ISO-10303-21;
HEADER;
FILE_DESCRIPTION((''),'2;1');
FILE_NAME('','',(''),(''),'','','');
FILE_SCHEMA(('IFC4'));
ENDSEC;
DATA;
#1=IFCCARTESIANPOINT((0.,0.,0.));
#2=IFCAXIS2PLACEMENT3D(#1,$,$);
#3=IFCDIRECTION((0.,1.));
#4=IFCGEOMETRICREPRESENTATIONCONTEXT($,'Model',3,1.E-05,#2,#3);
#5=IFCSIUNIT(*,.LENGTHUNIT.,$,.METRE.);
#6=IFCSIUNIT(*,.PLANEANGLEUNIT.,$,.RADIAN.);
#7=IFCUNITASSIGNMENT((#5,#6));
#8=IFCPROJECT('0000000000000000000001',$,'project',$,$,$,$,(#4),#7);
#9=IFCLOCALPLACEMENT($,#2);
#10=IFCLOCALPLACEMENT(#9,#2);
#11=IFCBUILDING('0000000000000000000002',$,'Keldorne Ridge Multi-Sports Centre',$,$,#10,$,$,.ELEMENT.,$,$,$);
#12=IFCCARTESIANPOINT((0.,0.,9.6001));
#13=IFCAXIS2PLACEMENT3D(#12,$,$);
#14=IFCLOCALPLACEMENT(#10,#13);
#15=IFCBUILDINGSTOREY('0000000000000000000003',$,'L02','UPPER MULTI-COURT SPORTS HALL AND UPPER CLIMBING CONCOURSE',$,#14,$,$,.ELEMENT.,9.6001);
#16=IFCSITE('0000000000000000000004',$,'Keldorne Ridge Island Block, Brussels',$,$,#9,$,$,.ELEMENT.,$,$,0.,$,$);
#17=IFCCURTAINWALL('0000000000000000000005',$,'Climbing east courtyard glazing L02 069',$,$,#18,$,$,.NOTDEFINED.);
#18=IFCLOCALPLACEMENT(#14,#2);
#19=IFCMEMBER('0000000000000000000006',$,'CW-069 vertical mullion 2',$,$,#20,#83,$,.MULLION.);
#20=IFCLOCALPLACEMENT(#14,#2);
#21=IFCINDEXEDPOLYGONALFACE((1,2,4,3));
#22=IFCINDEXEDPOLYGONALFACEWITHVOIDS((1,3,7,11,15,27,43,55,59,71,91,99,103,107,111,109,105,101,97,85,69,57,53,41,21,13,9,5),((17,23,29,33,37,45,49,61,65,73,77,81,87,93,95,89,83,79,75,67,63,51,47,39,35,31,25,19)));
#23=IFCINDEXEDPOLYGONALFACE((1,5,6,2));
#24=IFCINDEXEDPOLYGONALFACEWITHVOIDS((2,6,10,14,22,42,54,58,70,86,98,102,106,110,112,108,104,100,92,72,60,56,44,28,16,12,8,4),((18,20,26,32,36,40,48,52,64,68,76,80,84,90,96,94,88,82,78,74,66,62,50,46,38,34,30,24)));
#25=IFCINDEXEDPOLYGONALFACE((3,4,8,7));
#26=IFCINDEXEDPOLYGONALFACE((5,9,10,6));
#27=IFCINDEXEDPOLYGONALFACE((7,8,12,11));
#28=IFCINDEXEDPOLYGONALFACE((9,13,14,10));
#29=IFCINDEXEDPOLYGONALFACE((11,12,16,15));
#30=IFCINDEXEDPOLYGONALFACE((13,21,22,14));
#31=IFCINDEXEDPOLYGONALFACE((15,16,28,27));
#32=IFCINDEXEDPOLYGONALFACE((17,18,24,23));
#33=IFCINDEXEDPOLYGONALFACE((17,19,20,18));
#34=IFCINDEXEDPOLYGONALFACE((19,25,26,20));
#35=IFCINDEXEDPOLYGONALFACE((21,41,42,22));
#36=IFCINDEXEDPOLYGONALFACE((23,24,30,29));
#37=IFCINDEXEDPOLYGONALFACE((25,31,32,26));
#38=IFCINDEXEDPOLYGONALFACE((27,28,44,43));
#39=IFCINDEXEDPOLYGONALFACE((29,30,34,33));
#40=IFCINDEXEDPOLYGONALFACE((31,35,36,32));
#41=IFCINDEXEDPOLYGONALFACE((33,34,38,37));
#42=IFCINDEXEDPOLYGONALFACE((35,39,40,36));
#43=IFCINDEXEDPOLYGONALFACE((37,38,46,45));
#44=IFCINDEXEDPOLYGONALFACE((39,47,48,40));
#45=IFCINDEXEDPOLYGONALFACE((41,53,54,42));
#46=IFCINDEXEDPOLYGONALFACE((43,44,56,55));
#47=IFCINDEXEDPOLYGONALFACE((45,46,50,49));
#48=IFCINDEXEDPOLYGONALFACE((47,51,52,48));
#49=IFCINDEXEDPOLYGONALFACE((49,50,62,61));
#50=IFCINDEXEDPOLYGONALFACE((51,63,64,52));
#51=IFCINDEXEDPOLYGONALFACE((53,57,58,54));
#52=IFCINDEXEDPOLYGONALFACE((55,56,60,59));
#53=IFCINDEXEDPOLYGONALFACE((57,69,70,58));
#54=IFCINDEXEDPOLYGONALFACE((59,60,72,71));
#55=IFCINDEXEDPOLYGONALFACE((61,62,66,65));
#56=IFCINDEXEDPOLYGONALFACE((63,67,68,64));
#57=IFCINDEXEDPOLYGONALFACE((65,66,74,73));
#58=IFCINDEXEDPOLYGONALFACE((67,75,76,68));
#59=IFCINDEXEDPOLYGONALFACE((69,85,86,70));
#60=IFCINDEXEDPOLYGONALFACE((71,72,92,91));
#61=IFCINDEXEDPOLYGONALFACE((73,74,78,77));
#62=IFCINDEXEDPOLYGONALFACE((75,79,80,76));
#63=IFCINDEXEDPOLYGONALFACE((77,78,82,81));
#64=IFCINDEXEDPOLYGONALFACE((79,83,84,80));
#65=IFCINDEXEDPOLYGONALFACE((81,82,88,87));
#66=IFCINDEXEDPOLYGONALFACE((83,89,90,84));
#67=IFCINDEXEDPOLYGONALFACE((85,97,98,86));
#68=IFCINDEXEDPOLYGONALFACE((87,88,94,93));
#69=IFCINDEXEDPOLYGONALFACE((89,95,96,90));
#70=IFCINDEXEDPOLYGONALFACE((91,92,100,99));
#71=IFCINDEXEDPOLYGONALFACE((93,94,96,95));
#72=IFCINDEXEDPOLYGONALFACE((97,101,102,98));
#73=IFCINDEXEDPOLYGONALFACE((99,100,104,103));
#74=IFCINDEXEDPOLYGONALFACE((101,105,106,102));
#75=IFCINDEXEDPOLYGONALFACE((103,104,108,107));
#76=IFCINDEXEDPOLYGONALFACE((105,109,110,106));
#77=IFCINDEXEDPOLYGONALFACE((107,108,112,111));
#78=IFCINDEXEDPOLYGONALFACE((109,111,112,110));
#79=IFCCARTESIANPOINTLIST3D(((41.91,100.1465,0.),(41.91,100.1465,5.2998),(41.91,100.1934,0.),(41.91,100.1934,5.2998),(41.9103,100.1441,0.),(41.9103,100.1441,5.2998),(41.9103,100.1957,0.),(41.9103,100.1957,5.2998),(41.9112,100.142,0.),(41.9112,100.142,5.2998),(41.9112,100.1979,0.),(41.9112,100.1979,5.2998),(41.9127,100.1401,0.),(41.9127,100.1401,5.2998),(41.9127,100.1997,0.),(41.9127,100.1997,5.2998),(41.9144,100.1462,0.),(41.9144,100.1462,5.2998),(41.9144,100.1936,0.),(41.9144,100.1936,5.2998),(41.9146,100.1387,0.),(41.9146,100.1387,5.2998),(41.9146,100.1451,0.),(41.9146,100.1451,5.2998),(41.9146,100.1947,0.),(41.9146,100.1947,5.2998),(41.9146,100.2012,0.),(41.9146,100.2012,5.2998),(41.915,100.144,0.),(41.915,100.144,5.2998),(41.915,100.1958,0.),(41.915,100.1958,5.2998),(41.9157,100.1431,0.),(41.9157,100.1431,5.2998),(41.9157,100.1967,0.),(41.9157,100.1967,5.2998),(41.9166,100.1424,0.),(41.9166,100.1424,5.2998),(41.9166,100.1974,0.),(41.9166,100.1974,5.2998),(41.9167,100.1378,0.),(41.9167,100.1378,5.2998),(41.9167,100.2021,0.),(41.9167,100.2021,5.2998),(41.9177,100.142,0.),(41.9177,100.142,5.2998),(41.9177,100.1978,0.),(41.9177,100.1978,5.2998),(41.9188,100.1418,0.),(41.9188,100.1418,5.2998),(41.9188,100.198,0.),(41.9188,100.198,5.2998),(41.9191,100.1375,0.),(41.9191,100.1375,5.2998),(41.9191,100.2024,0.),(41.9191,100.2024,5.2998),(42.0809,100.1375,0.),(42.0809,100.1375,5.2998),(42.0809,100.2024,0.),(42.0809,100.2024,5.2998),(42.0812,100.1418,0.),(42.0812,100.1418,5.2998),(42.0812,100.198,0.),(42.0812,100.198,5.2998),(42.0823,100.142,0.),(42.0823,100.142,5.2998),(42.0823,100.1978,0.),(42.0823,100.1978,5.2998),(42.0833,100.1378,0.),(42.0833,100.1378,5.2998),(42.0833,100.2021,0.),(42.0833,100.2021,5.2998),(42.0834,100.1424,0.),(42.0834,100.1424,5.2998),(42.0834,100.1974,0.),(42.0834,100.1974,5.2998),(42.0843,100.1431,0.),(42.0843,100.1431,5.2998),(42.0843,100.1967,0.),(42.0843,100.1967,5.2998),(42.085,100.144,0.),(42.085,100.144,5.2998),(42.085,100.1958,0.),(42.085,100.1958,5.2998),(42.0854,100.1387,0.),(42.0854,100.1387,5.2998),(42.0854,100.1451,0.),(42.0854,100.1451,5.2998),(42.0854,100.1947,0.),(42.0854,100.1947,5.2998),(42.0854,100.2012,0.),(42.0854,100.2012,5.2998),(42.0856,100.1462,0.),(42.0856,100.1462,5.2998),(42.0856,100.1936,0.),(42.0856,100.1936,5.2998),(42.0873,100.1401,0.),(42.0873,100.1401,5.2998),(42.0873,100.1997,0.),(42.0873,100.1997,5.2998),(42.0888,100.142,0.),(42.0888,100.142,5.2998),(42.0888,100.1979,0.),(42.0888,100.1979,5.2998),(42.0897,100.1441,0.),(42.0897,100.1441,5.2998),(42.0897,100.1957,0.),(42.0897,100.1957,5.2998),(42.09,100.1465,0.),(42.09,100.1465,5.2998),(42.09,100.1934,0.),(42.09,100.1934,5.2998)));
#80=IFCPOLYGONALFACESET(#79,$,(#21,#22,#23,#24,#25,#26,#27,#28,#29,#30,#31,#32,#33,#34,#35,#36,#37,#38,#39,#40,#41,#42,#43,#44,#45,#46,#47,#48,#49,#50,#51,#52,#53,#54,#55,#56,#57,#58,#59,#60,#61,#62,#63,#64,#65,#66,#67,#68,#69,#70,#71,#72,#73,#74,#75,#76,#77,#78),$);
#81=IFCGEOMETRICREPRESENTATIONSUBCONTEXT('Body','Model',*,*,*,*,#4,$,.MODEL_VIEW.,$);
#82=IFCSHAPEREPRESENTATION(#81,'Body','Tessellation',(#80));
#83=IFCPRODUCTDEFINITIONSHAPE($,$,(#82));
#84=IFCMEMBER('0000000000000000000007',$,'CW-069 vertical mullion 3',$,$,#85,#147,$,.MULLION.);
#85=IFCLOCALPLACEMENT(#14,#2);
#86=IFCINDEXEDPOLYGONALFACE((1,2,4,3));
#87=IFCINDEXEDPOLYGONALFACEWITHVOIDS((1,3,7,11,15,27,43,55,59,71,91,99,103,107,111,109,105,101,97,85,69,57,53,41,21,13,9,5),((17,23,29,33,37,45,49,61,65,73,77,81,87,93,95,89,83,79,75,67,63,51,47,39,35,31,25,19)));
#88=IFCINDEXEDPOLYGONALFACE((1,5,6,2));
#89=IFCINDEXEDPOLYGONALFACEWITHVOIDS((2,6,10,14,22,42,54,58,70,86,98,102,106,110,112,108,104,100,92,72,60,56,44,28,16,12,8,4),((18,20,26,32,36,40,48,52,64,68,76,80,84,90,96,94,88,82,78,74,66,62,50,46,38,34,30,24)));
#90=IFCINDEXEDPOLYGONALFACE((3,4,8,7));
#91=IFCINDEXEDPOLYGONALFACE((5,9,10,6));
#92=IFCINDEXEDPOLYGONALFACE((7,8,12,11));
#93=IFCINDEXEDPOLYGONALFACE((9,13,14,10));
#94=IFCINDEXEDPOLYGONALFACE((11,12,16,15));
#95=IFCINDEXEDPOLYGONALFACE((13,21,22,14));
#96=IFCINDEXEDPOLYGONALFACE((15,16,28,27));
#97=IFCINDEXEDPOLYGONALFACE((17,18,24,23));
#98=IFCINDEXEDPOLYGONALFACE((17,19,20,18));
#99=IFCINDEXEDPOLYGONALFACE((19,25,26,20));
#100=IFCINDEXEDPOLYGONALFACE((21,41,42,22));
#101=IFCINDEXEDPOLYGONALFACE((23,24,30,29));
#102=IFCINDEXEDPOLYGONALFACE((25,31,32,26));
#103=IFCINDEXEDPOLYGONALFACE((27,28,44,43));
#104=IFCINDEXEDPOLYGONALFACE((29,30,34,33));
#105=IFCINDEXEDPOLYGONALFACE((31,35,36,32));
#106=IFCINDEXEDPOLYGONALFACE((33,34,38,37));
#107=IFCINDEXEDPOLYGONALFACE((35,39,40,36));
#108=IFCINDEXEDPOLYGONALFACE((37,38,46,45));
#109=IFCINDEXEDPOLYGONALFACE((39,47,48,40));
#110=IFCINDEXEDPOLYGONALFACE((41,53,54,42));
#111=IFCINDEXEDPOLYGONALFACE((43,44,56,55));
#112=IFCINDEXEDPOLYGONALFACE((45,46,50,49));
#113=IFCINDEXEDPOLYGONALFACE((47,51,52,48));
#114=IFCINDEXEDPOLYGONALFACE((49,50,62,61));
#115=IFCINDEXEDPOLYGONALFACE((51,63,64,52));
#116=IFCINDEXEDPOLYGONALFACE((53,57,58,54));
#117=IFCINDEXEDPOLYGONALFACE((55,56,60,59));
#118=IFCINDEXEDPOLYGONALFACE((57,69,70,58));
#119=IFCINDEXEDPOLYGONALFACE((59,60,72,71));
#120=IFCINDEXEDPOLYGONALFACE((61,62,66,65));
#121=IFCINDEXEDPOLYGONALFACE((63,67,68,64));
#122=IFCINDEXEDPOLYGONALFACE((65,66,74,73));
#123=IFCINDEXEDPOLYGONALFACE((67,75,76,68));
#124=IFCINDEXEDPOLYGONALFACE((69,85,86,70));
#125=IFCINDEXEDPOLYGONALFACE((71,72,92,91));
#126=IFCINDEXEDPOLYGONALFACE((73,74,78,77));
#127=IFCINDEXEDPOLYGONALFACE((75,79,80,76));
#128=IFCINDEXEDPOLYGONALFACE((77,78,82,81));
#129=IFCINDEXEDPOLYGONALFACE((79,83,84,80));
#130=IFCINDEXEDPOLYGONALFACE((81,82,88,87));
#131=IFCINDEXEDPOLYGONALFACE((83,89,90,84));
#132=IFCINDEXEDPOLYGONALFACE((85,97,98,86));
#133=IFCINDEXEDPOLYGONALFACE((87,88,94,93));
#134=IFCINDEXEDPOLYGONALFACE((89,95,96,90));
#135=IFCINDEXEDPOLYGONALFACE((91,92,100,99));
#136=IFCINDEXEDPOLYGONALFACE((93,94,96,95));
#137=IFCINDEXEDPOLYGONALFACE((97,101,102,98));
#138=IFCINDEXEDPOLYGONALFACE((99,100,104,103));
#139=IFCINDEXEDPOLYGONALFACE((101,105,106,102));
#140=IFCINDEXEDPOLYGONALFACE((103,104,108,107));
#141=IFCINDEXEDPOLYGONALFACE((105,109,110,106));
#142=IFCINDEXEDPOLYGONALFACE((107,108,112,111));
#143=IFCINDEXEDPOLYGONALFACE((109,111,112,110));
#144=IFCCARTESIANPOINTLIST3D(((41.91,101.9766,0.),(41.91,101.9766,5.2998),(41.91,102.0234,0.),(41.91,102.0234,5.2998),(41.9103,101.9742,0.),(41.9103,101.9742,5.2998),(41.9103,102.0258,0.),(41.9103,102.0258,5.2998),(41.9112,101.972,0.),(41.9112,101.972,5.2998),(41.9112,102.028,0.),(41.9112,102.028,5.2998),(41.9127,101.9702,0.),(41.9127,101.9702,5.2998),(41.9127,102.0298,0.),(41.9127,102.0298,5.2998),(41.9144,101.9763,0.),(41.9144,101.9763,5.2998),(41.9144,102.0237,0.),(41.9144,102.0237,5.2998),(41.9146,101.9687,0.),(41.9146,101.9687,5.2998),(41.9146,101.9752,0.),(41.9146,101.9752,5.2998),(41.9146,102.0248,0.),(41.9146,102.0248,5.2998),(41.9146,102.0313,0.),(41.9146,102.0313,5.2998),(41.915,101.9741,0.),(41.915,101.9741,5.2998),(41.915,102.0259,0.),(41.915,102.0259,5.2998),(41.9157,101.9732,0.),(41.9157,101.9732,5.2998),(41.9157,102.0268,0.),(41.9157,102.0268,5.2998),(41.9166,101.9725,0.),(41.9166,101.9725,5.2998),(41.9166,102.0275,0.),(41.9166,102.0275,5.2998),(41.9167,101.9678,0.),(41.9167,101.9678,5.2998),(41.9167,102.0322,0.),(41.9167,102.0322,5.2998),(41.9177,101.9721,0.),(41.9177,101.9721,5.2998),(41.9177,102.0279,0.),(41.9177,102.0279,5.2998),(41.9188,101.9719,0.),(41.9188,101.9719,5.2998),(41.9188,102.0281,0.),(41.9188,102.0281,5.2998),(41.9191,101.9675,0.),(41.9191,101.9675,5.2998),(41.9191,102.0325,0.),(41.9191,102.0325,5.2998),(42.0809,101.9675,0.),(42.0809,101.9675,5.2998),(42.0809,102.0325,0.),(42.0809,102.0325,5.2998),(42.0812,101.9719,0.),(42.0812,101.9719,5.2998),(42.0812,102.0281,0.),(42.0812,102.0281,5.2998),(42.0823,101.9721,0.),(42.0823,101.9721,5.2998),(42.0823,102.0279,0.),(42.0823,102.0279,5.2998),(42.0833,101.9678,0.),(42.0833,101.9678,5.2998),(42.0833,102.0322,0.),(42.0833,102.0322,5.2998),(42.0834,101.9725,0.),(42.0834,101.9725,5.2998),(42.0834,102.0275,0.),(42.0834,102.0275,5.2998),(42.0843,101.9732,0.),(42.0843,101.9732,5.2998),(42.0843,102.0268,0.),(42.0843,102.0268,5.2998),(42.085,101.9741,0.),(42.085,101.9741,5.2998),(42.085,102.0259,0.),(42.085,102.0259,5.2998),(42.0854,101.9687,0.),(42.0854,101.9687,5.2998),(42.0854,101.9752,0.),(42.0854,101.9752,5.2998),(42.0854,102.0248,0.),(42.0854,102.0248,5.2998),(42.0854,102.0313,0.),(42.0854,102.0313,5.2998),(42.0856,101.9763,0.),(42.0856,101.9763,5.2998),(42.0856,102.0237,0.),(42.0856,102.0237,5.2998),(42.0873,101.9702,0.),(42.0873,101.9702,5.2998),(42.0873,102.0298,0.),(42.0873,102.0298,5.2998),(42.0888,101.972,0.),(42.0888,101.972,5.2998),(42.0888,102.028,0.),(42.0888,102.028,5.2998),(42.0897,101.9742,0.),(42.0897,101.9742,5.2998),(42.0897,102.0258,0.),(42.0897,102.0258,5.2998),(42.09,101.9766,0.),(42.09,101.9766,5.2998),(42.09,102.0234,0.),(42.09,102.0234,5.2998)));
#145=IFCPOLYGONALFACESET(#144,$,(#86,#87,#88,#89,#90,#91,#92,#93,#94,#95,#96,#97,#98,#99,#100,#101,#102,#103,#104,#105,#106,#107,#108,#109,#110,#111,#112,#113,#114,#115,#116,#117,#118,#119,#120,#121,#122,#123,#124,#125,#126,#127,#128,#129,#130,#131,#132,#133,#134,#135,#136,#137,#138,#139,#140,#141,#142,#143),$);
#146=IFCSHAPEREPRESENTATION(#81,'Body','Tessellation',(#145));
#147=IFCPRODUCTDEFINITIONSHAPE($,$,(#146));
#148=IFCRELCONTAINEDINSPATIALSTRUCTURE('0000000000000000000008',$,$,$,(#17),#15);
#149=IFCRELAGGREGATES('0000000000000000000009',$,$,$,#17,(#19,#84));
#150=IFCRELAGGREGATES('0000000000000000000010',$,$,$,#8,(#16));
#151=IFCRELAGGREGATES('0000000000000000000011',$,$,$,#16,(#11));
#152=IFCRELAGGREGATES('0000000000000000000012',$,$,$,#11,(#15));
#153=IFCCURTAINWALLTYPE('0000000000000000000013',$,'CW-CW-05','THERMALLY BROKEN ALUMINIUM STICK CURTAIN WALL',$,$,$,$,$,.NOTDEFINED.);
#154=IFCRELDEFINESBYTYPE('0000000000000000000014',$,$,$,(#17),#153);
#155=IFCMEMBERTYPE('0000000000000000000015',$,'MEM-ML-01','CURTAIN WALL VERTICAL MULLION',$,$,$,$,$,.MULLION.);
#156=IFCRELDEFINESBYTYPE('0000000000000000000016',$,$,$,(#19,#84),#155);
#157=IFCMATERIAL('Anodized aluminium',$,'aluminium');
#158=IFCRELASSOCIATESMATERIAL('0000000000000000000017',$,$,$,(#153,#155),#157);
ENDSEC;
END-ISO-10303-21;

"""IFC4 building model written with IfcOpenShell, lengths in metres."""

from ifc_helpers import new_model, si_unit, direction, frame, origin, origin_2d, place, context, subcontext, project, spatial, hollow_rectangle, extrude, material, material_profile, profile_set, type_object, element, aggregate, save


model = new_model("IFC4")

# Units and contexts
model_context = context("Model", 3, precision=1e-05, world=origin(), true_north=direction((0.0, 1.0)))
body_context = subcontext(model_context, "Body", "Model", "MODEL_VIEW")
ifc_project = project(units=[si_unit("LENGTHUNIT", "METRE"), si_unit("PLANEANGLEUNIT", "RADIAN")], contexts=[model_context])

# Site, building, storey
site_placement = place(None, origin())
site = spatial("IfcSite", under=ifc_project, at=site_placement, Name="Keldorne Ridge Island Block, Brussels", CompositionType="ELEMENT", RefElevation=0.0)
building_placement = place(site_placement, origin())
building = spatial("IfcBuilding", under=site, at=building_placement, Name="Keldorne Ridge Multi-Sports Centre", CompositionType="ELEMENT")
storey_placement = place(building_placement, frame((0.0, 0.0, 9.6001)))
storey = spatial("IfcBuildingStorey", under=building, at=storey_placement, Name="L02", Description="UPPER MULTI-COURT SPORTS HALL AND UPPER CLIMBING CONCOURSE", CompositionType="ELEMENT", Elevation=9.6001)

# Curtain wall, members
ifc_material_1 = material(Name="Anodized aluminium", Category="aluminium")
curtain_wall_type = type_object("IfcCurtainWallType", Name="CW-CW-05", Description="THERMALLY BROKEN ALUMINIUM STICK CURTAIN WALL", PredefinedType="NOTDEFINED", material=ifc_material_1)
curtain_wall_placement = place(storey_placement, origin())
curtain_wall = element("IfcCurtainWall", 1, at=curtain_wall_placement, inside=storey, type_object=curtain_wall_type, Name="Climbing east courtyard glazing L02 069", PredefinedType="NOTDEFINED")
ifc_material_profile_1 = material_profile(ifc_material_1, hollow_rectangle(XDim=0.0649, YDim=0.1799, WallThickness=0.0044, InnerFilletRadius=0.0044, OuterFilletRadius=0.009, at=origin_2d()), Name="ALU MULLION 180x65x4.5")
ifc_profile_set_1 = profile_set([ifc_material_profile_1], Name="Anodized aluminium")
member_type_1 = type_object("IfcMemberType", Name="MEM-ML-01", Description="CURTAIN WALL VERTICAL MULLION", PredefinedType="MULLION", material=ifc_profile_set_1)
member_1_placement = place(storey_placement, frame((42.0, 100.1699, 0.0), z_axis=(0.0, 0.0, 1.0), x_axis=(0.0, 1.0, 0.0)))
member_1 = element("IfcMember", 2, at=member_1_placement, type_object=member_type_1, Name="CW-069 vertical mullion 2", PredefinedType="MULLION", context=body_context, shape_type="SweptSolid", body=[
    extrude(hollow_rectangle(XDim=0.0649, YDim=0.1799, WallThickness=0.0044, InnerFilletRadius=0.0044, OuterFilletRadius=0.009, at=origin_2d()), origin(), (0.0, 0.0, 1.0), 5.2998),
])
member_2_placement = place(storey_placement, frame((42.0, 102.0, 0.0), z_axis=(0.0, 0.0, 1.0), x_axis=(0.0, 1.0, 0.0)))
member_2 = element("IfcMember", 3, at=member_2_placement, type_object=member_type_1, Name="CW-069 vertical mullion 3", PredefinedType="MULLION", context=body_context, shape_type="SweptSolid", body=[
    extrude(hollow_rectangle(XDim=0.0649, YDim=0.1799, WallThickness=0.0044, InnerFilletRadius=0.0044, OuterFilletRadius=0.009, at=origin_2d()), origin(), (0.0, 0.0, 1.0), 5.2998),
])
aggregate(curtain_wall, [member_1, member_2])

save(model, "model.ifc")
